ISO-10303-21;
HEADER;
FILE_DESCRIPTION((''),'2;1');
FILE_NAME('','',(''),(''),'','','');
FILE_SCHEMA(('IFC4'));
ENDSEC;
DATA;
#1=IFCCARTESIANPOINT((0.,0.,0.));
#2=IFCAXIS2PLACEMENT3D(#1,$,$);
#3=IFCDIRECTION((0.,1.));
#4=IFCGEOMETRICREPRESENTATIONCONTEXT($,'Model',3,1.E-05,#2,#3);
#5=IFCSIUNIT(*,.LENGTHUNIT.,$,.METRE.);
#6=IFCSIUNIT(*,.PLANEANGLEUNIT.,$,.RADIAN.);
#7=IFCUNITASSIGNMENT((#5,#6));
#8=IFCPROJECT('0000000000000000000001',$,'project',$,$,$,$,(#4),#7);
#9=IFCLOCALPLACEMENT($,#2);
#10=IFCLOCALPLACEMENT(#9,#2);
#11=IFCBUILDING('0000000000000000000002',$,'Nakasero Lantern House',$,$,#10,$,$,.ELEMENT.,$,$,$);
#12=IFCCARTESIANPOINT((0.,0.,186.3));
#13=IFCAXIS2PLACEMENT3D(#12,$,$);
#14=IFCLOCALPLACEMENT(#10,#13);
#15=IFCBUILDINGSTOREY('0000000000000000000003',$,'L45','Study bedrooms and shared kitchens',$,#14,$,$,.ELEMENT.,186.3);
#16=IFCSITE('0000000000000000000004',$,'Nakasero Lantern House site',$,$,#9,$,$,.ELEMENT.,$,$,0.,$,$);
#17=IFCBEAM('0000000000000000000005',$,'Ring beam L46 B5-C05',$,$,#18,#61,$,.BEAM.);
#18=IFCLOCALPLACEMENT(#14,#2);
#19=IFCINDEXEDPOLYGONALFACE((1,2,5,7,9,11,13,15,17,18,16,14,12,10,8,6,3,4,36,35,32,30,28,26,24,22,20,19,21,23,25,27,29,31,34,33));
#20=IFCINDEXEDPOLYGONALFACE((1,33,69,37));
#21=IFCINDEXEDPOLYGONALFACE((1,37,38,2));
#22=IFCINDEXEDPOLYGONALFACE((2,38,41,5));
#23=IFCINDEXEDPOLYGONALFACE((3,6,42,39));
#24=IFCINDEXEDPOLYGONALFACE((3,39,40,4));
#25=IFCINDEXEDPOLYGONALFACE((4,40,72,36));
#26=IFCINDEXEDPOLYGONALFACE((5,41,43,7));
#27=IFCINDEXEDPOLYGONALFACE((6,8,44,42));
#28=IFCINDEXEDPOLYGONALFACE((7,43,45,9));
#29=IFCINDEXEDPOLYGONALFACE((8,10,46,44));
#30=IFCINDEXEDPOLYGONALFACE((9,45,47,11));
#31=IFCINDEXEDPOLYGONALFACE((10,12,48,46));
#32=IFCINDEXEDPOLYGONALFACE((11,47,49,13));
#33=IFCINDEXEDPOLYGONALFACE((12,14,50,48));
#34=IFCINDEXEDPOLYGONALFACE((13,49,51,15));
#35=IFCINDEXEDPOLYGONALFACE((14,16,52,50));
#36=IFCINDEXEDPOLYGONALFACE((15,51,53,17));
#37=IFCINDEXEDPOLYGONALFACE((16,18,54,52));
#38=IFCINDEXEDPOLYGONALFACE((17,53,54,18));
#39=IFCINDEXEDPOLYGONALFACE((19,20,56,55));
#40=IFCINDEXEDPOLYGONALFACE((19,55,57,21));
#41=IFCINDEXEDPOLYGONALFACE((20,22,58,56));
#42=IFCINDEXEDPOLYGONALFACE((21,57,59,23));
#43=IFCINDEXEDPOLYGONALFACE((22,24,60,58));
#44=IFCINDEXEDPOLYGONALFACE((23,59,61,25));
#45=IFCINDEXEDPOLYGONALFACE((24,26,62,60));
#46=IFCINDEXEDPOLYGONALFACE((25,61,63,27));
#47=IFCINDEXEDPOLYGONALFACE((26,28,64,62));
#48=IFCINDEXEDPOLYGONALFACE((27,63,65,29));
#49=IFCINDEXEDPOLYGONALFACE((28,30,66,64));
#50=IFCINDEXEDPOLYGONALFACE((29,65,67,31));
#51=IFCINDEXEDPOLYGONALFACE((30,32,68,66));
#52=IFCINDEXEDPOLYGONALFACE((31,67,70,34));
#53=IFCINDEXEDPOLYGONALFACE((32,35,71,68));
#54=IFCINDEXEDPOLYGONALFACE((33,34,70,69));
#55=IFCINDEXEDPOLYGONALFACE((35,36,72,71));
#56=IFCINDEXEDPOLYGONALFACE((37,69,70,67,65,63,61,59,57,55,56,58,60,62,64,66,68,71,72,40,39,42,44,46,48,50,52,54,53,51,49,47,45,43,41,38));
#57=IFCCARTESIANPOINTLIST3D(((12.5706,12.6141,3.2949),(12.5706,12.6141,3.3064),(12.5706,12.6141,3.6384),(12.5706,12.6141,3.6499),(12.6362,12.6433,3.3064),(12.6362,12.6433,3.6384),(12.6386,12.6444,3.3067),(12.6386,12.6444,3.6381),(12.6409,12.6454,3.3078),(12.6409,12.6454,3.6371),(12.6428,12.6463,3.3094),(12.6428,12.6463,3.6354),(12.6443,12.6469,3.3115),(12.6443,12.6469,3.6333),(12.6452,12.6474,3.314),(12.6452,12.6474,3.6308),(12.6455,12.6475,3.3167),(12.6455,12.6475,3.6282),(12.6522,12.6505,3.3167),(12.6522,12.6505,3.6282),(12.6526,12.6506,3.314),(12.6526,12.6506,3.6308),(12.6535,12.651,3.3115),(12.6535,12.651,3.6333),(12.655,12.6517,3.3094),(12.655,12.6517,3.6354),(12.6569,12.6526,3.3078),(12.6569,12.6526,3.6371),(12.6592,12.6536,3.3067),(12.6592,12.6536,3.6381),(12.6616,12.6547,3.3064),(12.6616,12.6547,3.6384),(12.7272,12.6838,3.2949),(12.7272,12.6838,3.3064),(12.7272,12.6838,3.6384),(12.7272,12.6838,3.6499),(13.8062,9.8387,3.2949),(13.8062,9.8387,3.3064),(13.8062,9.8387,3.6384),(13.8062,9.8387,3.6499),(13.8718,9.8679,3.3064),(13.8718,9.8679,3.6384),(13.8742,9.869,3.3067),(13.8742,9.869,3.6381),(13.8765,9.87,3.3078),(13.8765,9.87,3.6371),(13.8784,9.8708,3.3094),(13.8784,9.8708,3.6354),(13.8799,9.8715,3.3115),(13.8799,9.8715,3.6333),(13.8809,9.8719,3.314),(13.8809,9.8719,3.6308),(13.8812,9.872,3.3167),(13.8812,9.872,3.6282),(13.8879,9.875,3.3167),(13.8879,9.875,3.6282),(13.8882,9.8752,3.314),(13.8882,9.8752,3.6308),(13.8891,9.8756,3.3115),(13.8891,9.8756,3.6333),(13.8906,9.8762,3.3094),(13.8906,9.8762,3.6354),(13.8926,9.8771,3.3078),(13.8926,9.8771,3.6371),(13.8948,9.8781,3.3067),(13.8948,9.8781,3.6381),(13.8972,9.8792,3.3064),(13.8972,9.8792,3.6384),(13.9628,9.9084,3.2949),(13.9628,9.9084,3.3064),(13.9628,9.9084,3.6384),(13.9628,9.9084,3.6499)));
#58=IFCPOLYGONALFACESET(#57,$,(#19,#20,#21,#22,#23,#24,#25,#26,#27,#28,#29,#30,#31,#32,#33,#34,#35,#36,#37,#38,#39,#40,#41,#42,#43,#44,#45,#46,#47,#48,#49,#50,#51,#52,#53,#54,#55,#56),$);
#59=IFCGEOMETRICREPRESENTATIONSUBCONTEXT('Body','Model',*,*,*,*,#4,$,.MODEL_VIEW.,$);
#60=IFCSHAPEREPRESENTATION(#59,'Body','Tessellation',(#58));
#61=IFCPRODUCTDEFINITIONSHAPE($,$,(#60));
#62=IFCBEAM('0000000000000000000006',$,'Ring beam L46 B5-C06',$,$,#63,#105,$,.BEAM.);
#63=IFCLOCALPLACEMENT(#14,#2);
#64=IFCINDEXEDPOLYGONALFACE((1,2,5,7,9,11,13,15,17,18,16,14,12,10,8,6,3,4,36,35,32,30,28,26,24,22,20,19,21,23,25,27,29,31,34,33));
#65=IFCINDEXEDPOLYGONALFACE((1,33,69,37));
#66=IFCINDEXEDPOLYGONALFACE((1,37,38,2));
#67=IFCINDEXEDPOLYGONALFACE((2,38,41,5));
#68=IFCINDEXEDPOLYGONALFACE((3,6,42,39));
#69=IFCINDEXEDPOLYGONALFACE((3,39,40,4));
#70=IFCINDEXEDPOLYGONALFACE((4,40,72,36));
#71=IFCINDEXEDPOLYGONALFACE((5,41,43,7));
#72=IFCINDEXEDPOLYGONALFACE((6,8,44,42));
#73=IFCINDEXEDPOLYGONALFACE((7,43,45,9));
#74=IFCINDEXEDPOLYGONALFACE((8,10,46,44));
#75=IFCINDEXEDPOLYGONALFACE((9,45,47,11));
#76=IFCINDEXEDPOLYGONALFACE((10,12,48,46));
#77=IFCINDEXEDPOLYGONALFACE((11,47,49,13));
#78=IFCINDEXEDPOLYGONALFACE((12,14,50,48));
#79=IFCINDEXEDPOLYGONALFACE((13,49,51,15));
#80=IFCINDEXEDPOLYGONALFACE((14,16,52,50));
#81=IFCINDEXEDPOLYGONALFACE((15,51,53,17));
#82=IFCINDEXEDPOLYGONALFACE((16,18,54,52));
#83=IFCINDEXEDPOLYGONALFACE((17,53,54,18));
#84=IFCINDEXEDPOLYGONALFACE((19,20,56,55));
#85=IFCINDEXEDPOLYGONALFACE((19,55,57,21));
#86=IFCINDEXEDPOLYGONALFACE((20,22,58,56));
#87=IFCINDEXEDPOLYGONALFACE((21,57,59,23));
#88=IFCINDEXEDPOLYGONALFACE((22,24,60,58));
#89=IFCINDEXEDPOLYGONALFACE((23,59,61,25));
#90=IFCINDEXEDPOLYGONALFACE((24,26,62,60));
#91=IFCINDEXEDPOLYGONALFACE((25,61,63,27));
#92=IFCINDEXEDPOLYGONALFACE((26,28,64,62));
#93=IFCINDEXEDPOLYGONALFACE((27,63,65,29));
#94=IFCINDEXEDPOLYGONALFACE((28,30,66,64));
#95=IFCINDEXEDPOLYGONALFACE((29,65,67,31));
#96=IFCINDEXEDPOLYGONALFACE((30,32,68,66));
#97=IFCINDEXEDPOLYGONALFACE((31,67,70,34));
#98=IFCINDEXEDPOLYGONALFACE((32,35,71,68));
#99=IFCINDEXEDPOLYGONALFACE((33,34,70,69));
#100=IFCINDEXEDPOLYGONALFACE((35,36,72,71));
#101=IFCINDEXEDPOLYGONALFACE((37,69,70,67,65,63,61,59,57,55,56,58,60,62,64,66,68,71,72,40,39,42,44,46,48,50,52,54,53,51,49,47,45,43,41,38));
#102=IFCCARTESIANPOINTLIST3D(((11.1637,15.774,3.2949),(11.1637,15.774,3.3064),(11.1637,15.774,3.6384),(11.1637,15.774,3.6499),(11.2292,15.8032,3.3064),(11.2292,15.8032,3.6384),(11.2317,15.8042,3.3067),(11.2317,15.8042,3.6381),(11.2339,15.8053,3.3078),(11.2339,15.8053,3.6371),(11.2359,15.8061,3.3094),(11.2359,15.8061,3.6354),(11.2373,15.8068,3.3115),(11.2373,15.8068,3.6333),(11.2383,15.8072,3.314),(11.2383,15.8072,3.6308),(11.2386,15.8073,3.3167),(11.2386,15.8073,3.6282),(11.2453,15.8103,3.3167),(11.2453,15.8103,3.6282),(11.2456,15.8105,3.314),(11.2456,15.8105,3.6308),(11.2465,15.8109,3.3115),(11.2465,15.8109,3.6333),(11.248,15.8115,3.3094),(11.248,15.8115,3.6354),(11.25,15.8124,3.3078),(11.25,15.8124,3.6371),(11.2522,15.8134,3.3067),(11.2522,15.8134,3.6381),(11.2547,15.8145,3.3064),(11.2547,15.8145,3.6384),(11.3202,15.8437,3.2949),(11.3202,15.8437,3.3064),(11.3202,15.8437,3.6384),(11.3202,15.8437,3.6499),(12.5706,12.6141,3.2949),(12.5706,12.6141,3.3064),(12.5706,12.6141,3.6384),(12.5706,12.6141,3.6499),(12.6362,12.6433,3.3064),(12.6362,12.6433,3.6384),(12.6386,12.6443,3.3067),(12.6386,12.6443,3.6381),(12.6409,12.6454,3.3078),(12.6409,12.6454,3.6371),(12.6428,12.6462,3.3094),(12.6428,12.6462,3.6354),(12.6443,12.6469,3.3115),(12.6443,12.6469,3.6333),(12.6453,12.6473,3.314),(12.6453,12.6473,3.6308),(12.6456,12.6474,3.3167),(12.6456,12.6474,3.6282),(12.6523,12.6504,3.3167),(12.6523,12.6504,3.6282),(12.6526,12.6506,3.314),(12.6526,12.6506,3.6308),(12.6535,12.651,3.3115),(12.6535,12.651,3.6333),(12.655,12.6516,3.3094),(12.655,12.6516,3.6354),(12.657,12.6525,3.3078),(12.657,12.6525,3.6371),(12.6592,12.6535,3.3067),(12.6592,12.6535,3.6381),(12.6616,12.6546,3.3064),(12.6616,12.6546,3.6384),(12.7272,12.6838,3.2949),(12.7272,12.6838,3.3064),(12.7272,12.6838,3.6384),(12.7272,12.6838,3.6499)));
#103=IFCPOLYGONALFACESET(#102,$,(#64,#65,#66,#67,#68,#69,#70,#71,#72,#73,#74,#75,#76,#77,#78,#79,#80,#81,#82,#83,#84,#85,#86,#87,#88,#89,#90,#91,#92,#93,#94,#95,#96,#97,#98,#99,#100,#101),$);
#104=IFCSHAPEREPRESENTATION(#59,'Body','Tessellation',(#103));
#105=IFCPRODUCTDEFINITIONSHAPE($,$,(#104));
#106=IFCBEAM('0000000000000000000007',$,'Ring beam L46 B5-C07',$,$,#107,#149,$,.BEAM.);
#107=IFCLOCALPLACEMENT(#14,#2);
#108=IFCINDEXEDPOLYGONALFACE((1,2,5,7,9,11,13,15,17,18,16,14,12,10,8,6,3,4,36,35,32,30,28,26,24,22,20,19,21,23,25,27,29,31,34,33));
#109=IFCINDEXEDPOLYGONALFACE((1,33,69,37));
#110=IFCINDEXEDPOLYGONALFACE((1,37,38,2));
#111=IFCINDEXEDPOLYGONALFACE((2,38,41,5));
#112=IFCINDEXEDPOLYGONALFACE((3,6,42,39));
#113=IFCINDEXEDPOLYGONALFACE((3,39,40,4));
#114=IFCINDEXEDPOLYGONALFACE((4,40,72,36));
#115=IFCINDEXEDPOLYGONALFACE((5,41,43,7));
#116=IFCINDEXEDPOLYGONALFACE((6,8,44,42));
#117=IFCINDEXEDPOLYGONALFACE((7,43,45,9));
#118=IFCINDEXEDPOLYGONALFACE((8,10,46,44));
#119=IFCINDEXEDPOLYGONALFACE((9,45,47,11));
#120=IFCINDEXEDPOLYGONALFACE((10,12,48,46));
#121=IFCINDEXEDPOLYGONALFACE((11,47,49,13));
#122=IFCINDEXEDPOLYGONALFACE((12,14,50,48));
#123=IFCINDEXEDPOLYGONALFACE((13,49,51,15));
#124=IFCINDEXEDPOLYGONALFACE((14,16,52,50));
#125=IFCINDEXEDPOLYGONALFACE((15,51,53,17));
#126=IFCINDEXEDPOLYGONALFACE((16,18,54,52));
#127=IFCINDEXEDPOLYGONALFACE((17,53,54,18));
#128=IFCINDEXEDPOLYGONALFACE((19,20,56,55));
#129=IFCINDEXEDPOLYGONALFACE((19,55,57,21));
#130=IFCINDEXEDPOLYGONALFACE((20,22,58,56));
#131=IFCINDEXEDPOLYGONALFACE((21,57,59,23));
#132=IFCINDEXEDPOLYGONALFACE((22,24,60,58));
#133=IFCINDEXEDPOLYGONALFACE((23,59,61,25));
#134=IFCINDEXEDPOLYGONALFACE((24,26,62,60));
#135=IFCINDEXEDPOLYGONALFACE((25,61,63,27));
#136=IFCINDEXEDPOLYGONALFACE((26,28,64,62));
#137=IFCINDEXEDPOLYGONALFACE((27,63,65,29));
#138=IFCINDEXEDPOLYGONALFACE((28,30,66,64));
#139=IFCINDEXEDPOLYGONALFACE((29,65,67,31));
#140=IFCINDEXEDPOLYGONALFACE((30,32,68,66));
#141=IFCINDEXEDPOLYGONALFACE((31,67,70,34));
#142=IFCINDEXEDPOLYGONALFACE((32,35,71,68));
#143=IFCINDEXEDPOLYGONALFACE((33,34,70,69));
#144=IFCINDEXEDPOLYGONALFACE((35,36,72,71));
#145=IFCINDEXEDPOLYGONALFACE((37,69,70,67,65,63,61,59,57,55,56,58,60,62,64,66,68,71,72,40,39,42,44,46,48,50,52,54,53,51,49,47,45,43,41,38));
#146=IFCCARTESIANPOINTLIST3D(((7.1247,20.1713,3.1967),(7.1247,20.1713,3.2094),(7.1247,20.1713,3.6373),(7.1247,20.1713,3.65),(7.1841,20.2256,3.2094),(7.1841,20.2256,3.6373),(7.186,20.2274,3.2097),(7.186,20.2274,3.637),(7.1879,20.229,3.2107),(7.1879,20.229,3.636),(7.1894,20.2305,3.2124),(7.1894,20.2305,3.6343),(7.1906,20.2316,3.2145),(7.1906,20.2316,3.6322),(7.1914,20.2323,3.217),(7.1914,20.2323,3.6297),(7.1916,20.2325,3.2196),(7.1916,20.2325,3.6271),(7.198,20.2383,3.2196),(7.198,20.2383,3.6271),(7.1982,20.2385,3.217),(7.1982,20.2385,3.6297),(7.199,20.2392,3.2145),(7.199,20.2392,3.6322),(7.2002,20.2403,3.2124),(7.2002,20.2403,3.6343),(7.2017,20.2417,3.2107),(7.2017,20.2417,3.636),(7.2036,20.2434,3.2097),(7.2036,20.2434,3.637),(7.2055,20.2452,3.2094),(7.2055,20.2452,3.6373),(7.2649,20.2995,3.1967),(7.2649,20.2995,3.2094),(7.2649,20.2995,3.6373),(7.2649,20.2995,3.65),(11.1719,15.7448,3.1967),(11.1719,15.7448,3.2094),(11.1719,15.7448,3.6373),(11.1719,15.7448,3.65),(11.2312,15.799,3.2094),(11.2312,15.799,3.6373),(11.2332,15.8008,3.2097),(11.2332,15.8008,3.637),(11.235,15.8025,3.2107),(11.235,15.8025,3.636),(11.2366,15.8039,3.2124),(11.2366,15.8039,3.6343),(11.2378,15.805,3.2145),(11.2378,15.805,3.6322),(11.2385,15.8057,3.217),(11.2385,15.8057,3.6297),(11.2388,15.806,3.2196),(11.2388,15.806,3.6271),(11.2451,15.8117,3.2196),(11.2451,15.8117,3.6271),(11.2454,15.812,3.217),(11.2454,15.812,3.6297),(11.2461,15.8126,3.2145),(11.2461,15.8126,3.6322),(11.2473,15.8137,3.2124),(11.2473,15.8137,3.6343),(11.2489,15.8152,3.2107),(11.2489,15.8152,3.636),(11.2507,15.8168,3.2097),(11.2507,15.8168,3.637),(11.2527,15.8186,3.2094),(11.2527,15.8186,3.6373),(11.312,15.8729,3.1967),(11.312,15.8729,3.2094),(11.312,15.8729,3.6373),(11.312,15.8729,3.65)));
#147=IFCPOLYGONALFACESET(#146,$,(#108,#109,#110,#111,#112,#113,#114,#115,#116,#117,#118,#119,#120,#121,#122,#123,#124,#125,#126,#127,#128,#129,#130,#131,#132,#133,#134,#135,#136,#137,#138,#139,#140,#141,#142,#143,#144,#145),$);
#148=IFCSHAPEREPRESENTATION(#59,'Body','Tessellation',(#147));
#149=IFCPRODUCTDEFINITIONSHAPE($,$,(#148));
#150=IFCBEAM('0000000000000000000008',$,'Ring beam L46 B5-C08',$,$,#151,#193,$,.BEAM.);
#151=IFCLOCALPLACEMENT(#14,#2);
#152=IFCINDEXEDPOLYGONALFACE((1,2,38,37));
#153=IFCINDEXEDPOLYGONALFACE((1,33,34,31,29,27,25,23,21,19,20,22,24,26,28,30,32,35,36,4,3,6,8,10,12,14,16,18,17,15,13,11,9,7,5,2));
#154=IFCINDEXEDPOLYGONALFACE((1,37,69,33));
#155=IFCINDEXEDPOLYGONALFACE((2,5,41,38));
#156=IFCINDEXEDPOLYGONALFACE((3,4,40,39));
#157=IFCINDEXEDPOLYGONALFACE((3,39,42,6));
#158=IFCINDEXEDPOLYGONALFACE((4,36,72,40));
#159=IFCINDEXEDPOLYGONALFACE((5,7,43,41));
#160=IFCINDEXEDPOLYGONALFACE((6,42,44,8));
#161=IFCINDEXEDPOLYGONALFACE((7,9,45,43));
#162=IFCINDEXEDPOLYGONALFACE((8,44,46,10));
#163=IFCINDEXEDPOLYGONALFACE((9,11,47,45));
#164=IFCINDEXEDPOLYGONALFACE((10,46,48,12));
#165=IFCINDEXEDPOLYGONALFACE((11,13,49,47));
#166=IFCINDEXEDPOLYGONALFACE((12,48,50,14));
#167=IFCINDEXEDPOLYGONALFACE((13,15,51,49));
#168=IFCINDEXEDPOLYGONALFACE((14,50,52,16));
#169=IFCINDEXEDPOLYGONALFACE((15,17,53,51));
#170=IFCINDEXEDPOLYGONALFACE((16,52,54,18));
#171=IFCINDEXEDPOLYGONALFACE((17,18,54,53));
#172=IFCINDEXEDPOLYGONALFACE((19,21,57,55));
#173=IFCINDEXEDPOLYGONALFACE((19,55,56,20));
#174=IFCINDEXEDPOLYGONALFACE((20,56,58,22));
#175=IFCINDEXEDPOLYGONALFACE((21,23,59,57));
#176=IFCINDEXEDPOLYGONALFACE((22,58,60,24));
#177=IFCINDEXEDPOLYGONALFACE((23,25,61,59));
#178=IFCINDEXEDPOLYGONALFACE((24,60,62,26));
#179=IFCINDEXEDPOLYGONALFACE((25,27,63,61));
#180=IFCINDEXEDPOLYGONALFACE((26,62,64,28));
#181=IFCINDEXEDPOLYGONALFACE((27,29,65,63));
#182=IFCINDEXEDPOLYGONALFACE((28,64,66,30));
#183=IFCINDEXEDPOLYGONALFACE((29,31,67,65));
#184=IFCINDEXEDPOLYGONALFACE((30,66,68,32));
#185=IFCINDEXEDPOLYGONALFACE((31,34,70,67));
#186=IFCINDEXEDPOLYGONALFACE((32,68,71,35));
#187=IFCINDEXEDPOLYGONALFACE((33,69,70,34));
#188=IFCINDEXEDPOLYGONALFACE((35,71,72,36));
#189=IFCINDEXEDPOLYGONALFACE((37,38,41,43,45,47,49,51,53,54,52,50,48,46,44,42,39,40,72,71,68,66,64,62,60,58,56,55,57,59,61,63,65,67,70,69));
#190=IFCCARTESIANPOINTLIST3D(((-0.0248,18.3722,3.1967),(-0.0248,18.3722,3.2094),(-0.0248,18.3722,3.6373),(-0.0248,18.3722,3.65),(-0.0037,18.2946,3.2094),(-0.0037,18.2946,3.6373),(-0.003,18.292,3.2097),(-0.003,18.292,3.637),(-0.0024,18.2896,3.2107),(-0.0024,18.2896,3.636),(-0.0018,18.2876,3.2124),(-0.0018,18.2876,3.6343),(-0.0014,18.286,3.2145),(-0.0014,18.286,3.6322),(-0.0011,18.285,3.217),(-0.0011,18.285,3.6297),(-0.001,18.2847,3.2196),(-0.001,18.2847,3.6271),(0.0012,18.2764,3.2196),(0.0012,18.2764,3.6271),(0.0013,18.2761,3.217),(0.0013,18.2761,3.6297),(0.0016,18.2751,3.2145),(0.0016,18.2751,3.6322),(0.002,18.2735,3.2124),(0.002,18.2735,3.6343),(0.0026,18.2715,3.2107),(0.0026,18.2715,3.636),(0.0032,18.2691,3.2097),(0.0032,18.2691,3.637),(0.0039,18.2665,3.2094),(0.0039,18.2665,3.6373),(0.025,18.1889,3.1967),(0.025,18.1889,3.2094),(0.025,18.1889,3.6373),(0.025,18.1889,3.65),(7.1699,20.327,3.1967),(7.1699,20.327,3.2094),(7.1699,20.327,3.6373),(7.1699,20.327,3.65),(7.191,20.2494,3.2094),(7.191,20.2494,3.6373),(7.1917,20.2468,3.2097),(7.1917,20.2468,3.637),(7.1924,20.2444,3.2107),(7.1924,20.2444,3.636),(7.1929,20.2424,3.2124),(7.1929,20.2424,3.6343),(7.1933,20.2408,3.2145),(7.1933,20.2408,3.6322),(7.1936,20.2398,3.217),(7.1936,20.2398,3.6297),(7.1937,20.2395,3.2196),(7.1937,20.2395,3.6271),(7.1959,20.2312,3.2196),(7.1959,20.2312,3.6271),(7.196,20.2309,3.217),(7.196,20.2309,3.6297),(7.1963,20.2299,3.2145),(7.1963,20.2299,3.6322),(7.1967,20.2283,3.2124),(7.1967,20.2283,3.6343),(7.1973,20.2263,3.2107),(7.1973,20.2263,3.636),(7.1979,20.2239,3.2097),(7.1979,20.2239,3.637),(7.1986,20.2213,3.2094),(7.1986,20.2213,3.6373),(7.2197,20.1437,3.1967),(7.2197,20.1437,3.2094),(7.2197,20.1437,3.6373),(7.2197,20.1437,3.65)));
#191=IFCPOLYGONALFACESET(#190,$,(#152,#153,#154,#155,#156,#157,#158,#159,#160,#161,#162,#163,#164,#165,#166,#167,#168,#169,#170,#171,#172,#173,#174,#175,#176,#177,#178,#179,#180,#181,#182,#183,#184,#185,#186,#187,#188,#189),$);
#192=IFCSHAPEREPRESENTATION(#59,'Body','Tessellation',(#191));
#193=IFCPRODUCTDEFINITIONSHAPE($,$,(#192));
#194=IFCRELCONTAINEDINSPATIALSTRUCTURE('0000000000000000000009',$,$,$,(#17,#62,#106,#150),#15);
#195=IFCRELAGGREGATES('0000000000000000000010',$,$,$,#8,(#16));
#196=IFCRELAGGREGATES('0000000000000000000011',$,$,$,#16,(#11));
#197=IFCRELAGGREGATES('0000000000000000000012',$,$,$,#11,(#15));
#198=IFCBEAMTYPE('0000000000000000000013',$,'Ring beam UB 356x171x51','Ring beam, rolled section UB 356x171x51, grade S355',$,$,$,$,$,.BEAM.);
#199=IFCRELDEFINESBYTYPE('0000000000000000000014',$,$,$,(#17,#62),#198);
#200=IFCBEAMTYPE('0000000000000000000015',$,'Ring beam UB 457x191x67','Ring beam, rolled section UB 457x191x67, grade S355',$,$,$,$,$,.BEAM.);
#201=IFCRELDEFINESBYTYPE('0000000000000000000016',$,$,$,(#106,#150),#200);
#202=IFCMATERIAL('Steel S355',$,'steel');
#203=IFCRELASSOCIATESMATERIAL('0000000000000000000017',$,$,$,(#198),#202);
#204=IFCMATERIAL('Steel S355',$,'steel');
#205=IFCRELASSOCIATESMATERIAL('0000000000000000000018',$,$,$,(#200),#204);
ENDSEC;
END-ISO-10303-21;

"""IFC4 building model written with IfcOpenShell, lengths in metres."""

from ifc_helpers import new_model, si_unit, direction, frame, origin, origin_2d, place, context, subcontext, project, spatial, i_section, extrude, material, material_profile, profile_set, type_object, element, save


model = new_model("IFC4")

# Units and contexts
model_context = context("Model", 3, precision=1e-05, world=origin(), true_north=direction((0.0, 1.0)))
body_context = subcontext(model_context, "Body", "Model", "MODEL_VIEW")
ifc_project = project(units=[si_unit("LENGTHUNIT", "METRE"), si_unit("PLANEANGLEUNIT", "RADIAN")], contexts=[model_context])

# Site, building, storey
site_placement = place(None, origin())
site = spatial("IfcSite", under=ifc_project, at=site_placement, Name="Nakasero Lantern House site", CompositionType="ELEMENT", RefElevation=0.0)
building_placement = place(site_placement, origin())
building = spatial("IfcBuilding", under=site, at=building_placement, Name="Nakasero Lantern House", CompositionType="ELEMENT")
storey_placement = place(building_placement, frame((0.0, 0.0, 186.3)))
storey = spatial("IfcBuildingStorey", under=building, at=storey_placement, Name="L45", Description="Study bedrooms and shared kitchens", CompositionType="ELEMENT", Elevation=186.3)

# Beams
ifc_material_1 = material(Name="Steel S355", Category="steel")
ifc_material_profile_1 = material_profile(ifc_material_1, i_section(OverallWidth=0.1714, OverallDepth=0.355, WebThickness=0.0073, FlangeThickness=0.0115, FilletRadius=0.0103, at=origin_2d()), Name="UB 356x171x51")
ifc_profile_set_1 = profile_set([ifc_material_profile_1], Name="Steel S355")
beam_type_1 = type_object("IfcBeamType", Name="Ring beam UB 356x171x51", Description="Ring beam, rolled section UB 356x171x51, grade S355", PredefinedType="BEAM", material=ifc_profile_set_1)
beam_1_placement = place(storey_placement, frame((13.8845, 9.8735, 3.4724), z_axis=(-0.406713, 0.913556, 0.0), x_axis=(-0.913556, -0.406713, 0.0)))
element("IfcBeam", 1, at=beam_1_placement, inside=storey, type_object=beam_type_1, Name="Ring beam L46 B5-C05", PredefinedType="BEAM", context=body_context, shape_type="SweptSolid", body=[
    extrude(i_section(OverallWidth=0.1714, OverallDepth=0.355, WebThickness=0.0073, FlangeThickness=0.0115, FilletRadius=0.0103, at=origin_2d()), origin(), (0.0, 0.0, 1.0), 3.0381),
])
beam_2_placement = place(storey_placement, frame((12.6489, 12.6489, 3.4724), z_axis=(-0.406761, 0.913535, 0.0), x_axis=(-0.913535, -0.406761, 0.0)))
element("IfcBeam", 2, at=beam_2_placement, inside=storey, type_object=beam_type_1, Name="Ring beam L46 B5-C06", PredefinedType="BEAM", context=body_context, shape_type="SweptSolid", body=[
    extrude(i_section(OverallWidth=0.1714, OverallDepth=0.355, WebThickness=0.0073, FlangeThickness=0.0115, FilletRadius=0.0103, at=origin_2d()), origin(), (0.0, 0.0, 1.0), 3.459),
])
ifc_material_2 = material(Name="Steel S355", Category="steel")
ifc_material_profile_2 = material_profile(ifc_material_2, i_section(OverallWidth=0.1899, OverallDepth=0.4534, WebThickness=0.0085, FlangeThickness=0.0127, FilletRadius=0.0103, at=origin_2d()), Name="UB 457x191x67")
ifc_profile_set_2 = profile_set([ifc_material_profile_2], Name="Steel S355")
beam_type_2 = type_object("IfcBeamType", Name="Ring beam UB 457x191x67", Description="Ring beam, rolled section UB 457x191x67, grade S355", PredefinedType="BEAM", material=ifc_profile_set_2)
beam_3_placement = place(storey_placement, frame((11.2419, 15.8088, 3.4233), z_axis=(-0.674771, 0.738027, 0.0), x_axis=(-0.738027, -0.674771, 0.0)))
element("IfcBeam", 3, at=beam_3_placement, inside=storey, type_object=beam_type_2, Name="Ring beam L46 B5-C07", PredefinedType="BEAM", context=body_context, shape_type="SweptSolid", body=[
    extrude(i_section(OverallWidth=0.1899, OverallDepth=0.4534, WebThickness=0.0085, FlangeThickness=0.0127, FilletRadius=0.0103, at=origin_2d()), origin(), (0.0, 0.0, 1.0), 5.9978),
])
beam_4_placement = place(storey_placement, frame((7.1948, 20.2354, 3.4233), z_axis=(-0.965015, -0.262195, 0.0), x_axis=(0.262195, -0.965015, 0.0)))
element("IfcBeam", 4, at=beam_4_placement, inside=storey, type_object=beam_type_2, Name="Ring beam L46 B5-C08", PredefinedType="BEAM", context=body_context, shape_type="SweptSolid", body=[
    extrude(i_section(OverallWidth=0.1899, OverallDepth=0.4534, WebThickness=0.0085, FlangeThickness=0.0127, FilletRadius=0.0103, at=origin_2d()), origin(), (0.0, 0.0, 1.0), 7.4556),
])

save(model, "model.ifc")
